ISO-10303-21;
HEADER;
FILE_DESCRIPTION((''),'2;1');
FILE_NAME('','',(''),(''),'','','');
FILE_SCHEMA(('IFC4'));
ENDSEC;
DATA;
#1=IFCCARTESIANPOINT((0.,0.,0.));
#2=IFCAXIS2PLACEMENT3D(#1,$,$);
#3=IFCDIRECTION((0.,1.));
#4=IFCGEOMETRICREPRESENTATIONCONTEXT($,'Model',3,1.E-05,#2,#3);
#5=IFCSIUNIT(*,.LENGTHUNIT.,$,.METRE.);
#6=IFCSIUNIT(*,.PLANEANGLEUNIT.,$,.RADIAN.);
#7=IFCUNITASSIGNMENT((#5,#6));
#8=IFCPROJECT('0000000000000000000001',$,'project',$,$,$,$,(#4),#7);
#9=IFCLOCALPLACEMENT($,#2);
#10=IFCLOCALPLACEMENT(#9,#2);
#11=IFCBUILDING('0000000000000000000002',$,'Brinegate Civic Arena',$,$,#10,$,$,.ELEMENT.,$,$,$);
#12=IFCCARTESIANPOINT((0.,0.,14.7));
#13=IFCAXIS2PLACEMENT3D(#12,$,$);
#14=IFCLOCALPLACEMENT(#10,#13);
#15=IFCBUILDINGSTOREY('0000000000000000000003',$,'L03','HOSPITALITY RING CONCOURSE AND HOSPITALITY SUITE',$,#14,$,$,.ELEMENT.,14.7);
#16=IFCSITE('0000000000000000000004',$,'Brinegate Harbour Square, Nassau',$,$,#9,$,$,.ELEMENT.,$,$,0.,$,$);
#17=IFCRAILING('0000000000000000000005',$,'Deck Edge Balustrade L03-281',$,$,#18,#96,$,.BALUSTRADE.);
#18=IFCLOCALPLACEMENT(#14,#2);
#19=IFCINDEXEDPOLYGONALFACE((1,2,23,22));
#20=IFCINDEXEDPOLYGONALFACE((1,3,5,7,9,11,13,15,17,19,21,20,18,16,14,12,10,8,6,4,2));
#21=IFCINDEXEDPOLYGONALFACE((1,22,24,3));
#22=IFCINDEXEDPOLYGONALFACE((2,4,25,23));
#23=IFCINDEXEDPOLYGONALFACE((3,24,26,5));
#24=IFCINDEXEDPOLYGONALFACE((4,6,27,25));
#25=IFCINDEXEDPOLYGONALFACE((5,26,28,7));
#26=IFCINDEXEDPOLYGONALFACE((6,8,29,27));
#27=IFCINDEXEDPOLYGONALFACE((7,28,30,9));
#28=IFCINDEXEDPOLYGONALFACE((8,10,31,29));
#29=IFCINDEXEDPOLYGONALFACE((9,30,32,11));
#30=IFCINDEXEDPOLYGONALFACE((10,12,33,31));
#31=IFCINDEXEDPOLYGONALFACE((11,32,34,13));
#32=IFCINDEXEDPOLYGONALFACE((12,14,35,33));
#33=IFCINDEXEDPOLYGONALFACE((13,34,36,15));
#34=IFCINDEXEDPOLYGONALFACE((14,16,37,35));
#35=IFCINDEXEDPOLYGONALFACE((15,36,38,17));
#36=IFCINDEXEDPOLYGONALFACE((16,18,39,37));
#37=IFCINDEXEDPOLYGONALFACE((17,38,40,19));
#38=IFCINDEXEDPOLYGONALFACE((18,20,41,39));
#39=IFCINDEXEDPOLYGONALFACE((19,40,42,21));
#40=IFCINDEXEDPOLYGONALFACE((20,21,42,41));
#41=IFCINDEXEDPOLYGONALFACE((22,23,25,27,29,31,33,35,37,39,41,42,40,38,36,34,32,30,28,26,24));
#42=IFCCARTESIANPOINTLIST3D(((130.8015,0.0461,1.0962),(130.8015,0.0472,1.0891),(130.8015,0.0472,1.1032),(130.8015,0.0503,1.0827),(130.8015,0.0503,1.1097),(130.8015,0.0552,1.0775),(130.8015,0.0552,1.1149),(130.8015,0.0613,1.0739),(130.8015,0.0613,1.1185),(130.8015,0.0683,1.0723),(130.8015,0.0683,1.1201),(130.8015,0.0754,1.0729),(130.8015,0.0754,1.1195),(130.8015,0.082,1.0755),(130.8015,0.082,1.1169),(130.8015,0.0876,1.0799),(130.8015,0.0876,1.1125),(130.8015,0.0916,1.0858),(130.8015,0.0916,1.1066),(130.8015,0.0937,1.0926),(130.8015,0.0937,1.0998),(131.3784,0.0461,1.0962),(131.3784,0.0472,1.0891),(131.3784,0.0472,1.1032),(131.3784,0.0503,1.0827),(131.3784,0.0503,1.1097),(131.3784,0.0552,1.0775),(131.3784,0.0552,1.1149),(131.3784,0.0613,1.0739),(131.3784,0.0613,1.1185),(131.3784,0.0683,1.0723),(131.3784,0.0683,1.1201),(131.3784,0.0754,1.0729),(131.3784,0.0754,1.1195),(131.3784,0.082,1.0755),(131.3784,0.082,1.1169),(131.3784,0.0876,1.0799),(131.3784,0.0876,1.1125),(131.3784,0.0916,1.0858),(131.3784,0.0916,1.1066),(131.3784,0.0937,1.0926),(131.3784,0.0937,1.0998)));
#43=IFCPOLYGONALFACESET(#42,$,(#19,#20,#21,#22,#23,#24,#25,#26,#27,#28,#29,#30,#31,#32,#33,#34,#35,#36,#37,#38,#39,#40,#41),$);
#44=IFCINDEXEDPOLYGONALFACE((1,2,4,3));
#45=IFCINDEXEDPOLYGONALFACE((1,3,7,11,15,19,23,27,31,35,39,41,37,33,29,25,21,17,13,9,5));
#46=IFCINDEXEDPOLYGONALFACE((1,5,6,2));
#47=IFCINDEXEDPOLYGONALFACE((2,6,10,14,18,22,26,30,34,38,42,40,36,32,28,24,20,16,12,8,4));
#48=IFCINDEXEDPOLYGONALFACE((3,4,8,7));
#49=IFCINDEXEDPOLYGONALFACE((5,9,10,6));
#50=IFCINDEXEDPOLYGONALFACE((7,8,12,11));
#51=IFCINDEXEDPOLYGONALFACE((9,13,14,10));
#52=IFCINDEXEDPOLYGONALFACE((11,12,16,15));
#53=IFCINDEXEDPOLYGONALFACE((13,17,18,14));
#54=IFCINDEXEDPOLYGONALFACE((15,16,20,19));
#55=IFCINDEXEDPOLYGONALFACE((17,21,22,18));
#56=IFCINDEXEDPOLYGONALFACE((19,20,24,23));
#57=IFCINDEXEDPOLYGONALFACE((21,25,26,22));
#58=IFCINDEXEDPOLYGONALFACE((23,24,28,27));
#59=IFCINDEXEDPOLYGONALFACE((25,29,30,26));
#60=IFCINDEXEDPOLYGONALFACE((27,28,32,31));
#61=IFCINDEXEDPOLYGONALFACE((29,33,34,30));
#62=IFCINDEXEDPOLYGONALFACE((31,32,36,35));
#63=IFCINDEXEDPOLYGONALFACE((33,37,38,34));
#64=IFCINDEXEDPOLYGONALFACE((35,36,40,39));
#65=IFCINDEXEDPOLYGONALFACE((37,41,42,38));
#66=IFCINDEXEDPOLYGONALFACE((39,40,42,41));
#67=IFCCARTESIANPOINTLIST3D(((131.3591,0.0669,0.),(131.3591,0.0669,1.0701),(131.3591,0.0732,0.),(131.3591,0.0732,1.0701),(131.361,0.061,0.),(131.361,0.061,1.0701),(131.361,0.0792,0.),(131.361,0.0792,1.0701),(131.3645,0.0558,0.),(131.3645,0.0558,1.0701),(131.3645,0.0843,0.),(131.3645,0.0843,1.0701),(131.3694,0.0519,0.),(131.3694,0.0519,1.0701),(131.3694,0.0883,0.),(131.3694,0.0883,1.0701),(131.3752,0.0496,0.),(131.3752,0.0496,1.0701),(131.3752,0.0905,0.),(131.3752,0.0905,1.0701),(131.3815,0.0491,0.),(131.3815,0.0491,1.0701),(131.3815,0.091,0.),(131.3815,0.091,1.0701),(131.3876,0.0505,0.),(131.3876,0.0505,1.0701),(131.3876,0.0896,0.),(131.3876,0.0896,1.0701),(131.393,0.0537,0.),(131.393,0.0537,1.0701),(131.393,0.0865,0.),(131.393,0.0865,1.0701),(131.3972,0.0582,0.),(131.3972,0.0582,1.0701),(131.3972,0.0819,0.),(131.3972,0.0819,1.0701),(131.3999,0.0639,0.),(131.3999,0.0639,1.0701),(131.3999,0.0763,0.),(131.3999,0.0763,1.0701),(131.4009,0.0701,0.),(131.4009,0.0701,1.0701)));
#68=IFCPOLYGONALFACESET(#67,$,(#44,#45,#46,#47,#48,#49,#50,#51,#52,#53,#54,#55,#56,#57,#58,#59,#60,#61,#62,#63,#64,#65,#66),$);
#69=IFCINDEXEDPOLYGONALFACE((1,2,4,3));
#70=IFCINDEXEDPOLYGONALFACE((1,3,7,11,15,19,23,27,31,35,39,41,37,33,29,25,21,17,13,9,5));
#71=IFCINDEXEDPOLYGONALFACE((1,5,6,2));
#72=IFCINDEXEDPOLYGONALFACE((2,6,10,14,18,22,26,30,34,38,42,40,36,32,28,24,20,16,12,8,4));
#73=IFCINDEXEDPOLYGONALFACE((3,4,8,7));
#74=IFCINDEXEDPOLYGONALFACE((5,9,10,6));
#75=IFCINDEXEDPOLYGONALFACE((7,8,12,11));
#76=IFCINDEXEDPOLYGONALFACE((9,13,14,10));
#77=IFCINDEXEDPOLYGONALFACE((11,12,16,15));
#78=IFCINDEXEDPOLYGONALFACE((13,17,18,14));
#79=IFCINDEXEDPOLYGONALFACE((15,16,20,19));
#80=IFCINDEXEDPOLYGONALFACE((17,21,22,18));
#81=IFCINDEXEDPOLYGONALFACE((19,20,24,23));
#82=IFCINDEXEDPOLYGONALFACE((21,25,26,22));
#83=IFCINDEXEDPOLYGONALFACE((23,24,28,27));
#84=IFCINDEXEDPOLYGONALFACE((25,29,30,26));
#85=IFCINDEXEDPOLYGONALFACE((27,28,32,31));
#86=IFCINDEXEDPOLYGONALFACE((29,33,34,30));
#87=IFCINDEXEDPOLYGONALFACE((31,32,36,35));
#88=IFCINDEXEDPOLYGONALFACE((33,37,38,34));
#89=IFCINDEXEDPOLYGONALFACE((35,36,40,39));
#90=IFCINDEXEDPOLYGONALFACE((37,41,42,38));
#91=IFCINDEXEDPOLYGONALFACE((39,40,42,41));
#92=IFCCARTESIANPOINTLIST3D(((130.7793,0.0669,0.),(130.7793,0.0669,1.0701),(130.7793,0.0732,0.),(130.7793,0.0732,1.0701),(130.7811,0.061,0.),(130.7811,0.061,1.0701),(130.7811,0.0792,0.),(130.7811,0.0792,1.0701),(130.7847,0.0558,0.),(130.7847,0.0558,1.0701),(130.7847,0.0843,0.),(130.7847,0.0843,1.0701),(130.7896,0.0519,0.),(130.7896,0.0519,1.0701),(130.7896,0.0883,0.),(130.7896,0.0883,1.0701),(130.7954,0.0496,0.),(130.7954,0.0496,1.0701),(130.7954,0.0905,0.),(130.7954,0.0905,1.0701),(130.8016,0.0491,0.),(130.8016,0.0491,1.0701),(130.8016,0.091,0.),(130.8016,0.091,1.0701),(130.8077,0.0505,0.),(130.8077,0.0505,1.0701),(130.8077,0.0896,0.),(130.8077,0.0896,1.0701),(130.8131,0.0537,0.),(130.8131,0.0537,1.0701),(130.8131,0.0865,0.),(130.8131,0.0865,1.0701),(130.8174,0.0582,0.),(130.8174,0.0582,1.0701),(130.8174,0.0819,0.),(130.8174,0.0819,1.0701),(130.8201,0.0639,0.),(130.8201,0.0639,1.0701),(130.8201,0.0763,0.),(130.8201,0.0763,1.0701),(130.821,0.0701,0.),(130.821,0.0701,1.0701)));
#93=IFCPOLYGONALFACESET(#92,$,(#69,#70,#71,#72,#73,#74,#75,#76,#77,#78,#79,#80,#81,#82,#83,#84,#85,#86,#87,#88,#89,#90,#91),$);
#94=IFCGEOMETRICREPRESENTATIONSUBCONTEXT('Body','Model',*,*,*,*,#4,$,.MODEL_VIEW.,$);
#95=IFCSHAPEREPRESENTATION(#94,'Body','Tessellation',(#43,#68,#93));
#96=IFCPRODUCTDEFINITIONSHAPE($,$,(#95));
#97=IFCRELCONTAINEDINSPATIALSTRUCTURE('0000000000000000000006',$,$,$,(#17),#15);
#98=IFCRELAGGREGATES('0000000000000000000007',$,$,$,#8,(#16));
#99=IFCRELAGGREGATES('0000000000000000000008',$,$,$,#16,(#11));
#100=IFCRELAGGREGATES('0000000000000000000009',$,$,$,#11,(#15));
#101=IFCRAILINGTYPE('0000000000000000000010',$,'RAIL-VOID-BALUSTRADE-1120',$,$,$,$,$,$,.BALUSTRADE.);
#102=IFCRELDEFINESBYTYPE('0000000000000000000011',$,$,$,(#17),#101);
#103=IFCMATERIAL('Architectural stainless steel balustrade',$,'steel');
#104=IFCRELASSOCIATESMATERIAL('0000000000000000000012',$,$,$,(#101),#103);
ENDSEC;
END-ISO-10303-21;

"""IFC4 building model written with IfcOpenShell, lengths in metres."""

from ifc_helpers import new_model, si_unit, direction, frame, origin, origin_2d, place, context, subcontext, project, spatial, circle, extrude, material, type_object, element, save


model = new_model("IFC4")

# Units and contexts
model_context = context("Model", 3, precision=1e-05, world=origin(), true_north=direction((0.0, 1.0)))
body_context = subcontext(model_context, "Body", "Model", "MODEL_VIEW")
ifc_project = project(units=[si_unit("LENGTHUNIT", "METRE"), si_unit("PLANEANGLEUNIT", "RADIAN")], contexts=[model_context])

# Site, building, storey
site_placement = place(None, origin())
site = spatial("IfcSite", under=ifc_project, at=site_placement, Name="Brinegate Harbour Square, Nassau", CompositionType="ELEMENT", RefElevation=0.0)
building_placement = place(site_placement, origin())
building = spatial("IfcBuilding", under=site, at=building_placement, Name="Brinegate Civic Arena", CompositionType="ELEMENT")
storey_placement = place(building_placement, frame((0.0, 0.0, 14.7)))
storey = spatial("IfcBuildingStorey", under=building, at=storey_placement, Name="L03", Description="HOSPITALITY RING CONCOURSE AND HOSPITALITY SUITE", CompositionType="ELEMENT", Elevation=14.7)

# Railing
ifc_material_1 = material(Name="Architectural stainless steel balustrade", Category="steel")
railing_type_1 = type_object("IfcRailingType", Name="RAIL-VOID-BALUSTRADE-1120", PredefinedType="BALUSTRADE", material=ifc_material_1)
railing_1_placement = place(storey_placement, frame((131.3799, 0.0701, 0.0)))
element("IfcRailing", 1, at=railing_1_placement, inside=storey, type_object=railing_type_1, Name="Deck Edge Balustrade L03-281", PredefinedType="BALUSTRADE", context=body_context, shape_type="SweptSolid", body=[
    extrude(circle(Radius=0.0239, at=origin_2d()), frame((-0.0015, 0.0, 1.0962), z_axis=(-1.0, 0.0, 0.0), x_axis=(0.0, -1.0, 0.0)), (0.0, 0.0, 1.0), 0.5769),
    extrude(circle(Radius=0.021, at=origin_2d()), origin(), (0.0, 0.0, 1.0), 1.0701),
    extrude(circle(Radius=0.021, at=origin_2d()), frame((-0.5798, 0.0, 0.0)), (0.0, 0.0, 1.0), 1.0701),
])

save(model, "model.ifc")
